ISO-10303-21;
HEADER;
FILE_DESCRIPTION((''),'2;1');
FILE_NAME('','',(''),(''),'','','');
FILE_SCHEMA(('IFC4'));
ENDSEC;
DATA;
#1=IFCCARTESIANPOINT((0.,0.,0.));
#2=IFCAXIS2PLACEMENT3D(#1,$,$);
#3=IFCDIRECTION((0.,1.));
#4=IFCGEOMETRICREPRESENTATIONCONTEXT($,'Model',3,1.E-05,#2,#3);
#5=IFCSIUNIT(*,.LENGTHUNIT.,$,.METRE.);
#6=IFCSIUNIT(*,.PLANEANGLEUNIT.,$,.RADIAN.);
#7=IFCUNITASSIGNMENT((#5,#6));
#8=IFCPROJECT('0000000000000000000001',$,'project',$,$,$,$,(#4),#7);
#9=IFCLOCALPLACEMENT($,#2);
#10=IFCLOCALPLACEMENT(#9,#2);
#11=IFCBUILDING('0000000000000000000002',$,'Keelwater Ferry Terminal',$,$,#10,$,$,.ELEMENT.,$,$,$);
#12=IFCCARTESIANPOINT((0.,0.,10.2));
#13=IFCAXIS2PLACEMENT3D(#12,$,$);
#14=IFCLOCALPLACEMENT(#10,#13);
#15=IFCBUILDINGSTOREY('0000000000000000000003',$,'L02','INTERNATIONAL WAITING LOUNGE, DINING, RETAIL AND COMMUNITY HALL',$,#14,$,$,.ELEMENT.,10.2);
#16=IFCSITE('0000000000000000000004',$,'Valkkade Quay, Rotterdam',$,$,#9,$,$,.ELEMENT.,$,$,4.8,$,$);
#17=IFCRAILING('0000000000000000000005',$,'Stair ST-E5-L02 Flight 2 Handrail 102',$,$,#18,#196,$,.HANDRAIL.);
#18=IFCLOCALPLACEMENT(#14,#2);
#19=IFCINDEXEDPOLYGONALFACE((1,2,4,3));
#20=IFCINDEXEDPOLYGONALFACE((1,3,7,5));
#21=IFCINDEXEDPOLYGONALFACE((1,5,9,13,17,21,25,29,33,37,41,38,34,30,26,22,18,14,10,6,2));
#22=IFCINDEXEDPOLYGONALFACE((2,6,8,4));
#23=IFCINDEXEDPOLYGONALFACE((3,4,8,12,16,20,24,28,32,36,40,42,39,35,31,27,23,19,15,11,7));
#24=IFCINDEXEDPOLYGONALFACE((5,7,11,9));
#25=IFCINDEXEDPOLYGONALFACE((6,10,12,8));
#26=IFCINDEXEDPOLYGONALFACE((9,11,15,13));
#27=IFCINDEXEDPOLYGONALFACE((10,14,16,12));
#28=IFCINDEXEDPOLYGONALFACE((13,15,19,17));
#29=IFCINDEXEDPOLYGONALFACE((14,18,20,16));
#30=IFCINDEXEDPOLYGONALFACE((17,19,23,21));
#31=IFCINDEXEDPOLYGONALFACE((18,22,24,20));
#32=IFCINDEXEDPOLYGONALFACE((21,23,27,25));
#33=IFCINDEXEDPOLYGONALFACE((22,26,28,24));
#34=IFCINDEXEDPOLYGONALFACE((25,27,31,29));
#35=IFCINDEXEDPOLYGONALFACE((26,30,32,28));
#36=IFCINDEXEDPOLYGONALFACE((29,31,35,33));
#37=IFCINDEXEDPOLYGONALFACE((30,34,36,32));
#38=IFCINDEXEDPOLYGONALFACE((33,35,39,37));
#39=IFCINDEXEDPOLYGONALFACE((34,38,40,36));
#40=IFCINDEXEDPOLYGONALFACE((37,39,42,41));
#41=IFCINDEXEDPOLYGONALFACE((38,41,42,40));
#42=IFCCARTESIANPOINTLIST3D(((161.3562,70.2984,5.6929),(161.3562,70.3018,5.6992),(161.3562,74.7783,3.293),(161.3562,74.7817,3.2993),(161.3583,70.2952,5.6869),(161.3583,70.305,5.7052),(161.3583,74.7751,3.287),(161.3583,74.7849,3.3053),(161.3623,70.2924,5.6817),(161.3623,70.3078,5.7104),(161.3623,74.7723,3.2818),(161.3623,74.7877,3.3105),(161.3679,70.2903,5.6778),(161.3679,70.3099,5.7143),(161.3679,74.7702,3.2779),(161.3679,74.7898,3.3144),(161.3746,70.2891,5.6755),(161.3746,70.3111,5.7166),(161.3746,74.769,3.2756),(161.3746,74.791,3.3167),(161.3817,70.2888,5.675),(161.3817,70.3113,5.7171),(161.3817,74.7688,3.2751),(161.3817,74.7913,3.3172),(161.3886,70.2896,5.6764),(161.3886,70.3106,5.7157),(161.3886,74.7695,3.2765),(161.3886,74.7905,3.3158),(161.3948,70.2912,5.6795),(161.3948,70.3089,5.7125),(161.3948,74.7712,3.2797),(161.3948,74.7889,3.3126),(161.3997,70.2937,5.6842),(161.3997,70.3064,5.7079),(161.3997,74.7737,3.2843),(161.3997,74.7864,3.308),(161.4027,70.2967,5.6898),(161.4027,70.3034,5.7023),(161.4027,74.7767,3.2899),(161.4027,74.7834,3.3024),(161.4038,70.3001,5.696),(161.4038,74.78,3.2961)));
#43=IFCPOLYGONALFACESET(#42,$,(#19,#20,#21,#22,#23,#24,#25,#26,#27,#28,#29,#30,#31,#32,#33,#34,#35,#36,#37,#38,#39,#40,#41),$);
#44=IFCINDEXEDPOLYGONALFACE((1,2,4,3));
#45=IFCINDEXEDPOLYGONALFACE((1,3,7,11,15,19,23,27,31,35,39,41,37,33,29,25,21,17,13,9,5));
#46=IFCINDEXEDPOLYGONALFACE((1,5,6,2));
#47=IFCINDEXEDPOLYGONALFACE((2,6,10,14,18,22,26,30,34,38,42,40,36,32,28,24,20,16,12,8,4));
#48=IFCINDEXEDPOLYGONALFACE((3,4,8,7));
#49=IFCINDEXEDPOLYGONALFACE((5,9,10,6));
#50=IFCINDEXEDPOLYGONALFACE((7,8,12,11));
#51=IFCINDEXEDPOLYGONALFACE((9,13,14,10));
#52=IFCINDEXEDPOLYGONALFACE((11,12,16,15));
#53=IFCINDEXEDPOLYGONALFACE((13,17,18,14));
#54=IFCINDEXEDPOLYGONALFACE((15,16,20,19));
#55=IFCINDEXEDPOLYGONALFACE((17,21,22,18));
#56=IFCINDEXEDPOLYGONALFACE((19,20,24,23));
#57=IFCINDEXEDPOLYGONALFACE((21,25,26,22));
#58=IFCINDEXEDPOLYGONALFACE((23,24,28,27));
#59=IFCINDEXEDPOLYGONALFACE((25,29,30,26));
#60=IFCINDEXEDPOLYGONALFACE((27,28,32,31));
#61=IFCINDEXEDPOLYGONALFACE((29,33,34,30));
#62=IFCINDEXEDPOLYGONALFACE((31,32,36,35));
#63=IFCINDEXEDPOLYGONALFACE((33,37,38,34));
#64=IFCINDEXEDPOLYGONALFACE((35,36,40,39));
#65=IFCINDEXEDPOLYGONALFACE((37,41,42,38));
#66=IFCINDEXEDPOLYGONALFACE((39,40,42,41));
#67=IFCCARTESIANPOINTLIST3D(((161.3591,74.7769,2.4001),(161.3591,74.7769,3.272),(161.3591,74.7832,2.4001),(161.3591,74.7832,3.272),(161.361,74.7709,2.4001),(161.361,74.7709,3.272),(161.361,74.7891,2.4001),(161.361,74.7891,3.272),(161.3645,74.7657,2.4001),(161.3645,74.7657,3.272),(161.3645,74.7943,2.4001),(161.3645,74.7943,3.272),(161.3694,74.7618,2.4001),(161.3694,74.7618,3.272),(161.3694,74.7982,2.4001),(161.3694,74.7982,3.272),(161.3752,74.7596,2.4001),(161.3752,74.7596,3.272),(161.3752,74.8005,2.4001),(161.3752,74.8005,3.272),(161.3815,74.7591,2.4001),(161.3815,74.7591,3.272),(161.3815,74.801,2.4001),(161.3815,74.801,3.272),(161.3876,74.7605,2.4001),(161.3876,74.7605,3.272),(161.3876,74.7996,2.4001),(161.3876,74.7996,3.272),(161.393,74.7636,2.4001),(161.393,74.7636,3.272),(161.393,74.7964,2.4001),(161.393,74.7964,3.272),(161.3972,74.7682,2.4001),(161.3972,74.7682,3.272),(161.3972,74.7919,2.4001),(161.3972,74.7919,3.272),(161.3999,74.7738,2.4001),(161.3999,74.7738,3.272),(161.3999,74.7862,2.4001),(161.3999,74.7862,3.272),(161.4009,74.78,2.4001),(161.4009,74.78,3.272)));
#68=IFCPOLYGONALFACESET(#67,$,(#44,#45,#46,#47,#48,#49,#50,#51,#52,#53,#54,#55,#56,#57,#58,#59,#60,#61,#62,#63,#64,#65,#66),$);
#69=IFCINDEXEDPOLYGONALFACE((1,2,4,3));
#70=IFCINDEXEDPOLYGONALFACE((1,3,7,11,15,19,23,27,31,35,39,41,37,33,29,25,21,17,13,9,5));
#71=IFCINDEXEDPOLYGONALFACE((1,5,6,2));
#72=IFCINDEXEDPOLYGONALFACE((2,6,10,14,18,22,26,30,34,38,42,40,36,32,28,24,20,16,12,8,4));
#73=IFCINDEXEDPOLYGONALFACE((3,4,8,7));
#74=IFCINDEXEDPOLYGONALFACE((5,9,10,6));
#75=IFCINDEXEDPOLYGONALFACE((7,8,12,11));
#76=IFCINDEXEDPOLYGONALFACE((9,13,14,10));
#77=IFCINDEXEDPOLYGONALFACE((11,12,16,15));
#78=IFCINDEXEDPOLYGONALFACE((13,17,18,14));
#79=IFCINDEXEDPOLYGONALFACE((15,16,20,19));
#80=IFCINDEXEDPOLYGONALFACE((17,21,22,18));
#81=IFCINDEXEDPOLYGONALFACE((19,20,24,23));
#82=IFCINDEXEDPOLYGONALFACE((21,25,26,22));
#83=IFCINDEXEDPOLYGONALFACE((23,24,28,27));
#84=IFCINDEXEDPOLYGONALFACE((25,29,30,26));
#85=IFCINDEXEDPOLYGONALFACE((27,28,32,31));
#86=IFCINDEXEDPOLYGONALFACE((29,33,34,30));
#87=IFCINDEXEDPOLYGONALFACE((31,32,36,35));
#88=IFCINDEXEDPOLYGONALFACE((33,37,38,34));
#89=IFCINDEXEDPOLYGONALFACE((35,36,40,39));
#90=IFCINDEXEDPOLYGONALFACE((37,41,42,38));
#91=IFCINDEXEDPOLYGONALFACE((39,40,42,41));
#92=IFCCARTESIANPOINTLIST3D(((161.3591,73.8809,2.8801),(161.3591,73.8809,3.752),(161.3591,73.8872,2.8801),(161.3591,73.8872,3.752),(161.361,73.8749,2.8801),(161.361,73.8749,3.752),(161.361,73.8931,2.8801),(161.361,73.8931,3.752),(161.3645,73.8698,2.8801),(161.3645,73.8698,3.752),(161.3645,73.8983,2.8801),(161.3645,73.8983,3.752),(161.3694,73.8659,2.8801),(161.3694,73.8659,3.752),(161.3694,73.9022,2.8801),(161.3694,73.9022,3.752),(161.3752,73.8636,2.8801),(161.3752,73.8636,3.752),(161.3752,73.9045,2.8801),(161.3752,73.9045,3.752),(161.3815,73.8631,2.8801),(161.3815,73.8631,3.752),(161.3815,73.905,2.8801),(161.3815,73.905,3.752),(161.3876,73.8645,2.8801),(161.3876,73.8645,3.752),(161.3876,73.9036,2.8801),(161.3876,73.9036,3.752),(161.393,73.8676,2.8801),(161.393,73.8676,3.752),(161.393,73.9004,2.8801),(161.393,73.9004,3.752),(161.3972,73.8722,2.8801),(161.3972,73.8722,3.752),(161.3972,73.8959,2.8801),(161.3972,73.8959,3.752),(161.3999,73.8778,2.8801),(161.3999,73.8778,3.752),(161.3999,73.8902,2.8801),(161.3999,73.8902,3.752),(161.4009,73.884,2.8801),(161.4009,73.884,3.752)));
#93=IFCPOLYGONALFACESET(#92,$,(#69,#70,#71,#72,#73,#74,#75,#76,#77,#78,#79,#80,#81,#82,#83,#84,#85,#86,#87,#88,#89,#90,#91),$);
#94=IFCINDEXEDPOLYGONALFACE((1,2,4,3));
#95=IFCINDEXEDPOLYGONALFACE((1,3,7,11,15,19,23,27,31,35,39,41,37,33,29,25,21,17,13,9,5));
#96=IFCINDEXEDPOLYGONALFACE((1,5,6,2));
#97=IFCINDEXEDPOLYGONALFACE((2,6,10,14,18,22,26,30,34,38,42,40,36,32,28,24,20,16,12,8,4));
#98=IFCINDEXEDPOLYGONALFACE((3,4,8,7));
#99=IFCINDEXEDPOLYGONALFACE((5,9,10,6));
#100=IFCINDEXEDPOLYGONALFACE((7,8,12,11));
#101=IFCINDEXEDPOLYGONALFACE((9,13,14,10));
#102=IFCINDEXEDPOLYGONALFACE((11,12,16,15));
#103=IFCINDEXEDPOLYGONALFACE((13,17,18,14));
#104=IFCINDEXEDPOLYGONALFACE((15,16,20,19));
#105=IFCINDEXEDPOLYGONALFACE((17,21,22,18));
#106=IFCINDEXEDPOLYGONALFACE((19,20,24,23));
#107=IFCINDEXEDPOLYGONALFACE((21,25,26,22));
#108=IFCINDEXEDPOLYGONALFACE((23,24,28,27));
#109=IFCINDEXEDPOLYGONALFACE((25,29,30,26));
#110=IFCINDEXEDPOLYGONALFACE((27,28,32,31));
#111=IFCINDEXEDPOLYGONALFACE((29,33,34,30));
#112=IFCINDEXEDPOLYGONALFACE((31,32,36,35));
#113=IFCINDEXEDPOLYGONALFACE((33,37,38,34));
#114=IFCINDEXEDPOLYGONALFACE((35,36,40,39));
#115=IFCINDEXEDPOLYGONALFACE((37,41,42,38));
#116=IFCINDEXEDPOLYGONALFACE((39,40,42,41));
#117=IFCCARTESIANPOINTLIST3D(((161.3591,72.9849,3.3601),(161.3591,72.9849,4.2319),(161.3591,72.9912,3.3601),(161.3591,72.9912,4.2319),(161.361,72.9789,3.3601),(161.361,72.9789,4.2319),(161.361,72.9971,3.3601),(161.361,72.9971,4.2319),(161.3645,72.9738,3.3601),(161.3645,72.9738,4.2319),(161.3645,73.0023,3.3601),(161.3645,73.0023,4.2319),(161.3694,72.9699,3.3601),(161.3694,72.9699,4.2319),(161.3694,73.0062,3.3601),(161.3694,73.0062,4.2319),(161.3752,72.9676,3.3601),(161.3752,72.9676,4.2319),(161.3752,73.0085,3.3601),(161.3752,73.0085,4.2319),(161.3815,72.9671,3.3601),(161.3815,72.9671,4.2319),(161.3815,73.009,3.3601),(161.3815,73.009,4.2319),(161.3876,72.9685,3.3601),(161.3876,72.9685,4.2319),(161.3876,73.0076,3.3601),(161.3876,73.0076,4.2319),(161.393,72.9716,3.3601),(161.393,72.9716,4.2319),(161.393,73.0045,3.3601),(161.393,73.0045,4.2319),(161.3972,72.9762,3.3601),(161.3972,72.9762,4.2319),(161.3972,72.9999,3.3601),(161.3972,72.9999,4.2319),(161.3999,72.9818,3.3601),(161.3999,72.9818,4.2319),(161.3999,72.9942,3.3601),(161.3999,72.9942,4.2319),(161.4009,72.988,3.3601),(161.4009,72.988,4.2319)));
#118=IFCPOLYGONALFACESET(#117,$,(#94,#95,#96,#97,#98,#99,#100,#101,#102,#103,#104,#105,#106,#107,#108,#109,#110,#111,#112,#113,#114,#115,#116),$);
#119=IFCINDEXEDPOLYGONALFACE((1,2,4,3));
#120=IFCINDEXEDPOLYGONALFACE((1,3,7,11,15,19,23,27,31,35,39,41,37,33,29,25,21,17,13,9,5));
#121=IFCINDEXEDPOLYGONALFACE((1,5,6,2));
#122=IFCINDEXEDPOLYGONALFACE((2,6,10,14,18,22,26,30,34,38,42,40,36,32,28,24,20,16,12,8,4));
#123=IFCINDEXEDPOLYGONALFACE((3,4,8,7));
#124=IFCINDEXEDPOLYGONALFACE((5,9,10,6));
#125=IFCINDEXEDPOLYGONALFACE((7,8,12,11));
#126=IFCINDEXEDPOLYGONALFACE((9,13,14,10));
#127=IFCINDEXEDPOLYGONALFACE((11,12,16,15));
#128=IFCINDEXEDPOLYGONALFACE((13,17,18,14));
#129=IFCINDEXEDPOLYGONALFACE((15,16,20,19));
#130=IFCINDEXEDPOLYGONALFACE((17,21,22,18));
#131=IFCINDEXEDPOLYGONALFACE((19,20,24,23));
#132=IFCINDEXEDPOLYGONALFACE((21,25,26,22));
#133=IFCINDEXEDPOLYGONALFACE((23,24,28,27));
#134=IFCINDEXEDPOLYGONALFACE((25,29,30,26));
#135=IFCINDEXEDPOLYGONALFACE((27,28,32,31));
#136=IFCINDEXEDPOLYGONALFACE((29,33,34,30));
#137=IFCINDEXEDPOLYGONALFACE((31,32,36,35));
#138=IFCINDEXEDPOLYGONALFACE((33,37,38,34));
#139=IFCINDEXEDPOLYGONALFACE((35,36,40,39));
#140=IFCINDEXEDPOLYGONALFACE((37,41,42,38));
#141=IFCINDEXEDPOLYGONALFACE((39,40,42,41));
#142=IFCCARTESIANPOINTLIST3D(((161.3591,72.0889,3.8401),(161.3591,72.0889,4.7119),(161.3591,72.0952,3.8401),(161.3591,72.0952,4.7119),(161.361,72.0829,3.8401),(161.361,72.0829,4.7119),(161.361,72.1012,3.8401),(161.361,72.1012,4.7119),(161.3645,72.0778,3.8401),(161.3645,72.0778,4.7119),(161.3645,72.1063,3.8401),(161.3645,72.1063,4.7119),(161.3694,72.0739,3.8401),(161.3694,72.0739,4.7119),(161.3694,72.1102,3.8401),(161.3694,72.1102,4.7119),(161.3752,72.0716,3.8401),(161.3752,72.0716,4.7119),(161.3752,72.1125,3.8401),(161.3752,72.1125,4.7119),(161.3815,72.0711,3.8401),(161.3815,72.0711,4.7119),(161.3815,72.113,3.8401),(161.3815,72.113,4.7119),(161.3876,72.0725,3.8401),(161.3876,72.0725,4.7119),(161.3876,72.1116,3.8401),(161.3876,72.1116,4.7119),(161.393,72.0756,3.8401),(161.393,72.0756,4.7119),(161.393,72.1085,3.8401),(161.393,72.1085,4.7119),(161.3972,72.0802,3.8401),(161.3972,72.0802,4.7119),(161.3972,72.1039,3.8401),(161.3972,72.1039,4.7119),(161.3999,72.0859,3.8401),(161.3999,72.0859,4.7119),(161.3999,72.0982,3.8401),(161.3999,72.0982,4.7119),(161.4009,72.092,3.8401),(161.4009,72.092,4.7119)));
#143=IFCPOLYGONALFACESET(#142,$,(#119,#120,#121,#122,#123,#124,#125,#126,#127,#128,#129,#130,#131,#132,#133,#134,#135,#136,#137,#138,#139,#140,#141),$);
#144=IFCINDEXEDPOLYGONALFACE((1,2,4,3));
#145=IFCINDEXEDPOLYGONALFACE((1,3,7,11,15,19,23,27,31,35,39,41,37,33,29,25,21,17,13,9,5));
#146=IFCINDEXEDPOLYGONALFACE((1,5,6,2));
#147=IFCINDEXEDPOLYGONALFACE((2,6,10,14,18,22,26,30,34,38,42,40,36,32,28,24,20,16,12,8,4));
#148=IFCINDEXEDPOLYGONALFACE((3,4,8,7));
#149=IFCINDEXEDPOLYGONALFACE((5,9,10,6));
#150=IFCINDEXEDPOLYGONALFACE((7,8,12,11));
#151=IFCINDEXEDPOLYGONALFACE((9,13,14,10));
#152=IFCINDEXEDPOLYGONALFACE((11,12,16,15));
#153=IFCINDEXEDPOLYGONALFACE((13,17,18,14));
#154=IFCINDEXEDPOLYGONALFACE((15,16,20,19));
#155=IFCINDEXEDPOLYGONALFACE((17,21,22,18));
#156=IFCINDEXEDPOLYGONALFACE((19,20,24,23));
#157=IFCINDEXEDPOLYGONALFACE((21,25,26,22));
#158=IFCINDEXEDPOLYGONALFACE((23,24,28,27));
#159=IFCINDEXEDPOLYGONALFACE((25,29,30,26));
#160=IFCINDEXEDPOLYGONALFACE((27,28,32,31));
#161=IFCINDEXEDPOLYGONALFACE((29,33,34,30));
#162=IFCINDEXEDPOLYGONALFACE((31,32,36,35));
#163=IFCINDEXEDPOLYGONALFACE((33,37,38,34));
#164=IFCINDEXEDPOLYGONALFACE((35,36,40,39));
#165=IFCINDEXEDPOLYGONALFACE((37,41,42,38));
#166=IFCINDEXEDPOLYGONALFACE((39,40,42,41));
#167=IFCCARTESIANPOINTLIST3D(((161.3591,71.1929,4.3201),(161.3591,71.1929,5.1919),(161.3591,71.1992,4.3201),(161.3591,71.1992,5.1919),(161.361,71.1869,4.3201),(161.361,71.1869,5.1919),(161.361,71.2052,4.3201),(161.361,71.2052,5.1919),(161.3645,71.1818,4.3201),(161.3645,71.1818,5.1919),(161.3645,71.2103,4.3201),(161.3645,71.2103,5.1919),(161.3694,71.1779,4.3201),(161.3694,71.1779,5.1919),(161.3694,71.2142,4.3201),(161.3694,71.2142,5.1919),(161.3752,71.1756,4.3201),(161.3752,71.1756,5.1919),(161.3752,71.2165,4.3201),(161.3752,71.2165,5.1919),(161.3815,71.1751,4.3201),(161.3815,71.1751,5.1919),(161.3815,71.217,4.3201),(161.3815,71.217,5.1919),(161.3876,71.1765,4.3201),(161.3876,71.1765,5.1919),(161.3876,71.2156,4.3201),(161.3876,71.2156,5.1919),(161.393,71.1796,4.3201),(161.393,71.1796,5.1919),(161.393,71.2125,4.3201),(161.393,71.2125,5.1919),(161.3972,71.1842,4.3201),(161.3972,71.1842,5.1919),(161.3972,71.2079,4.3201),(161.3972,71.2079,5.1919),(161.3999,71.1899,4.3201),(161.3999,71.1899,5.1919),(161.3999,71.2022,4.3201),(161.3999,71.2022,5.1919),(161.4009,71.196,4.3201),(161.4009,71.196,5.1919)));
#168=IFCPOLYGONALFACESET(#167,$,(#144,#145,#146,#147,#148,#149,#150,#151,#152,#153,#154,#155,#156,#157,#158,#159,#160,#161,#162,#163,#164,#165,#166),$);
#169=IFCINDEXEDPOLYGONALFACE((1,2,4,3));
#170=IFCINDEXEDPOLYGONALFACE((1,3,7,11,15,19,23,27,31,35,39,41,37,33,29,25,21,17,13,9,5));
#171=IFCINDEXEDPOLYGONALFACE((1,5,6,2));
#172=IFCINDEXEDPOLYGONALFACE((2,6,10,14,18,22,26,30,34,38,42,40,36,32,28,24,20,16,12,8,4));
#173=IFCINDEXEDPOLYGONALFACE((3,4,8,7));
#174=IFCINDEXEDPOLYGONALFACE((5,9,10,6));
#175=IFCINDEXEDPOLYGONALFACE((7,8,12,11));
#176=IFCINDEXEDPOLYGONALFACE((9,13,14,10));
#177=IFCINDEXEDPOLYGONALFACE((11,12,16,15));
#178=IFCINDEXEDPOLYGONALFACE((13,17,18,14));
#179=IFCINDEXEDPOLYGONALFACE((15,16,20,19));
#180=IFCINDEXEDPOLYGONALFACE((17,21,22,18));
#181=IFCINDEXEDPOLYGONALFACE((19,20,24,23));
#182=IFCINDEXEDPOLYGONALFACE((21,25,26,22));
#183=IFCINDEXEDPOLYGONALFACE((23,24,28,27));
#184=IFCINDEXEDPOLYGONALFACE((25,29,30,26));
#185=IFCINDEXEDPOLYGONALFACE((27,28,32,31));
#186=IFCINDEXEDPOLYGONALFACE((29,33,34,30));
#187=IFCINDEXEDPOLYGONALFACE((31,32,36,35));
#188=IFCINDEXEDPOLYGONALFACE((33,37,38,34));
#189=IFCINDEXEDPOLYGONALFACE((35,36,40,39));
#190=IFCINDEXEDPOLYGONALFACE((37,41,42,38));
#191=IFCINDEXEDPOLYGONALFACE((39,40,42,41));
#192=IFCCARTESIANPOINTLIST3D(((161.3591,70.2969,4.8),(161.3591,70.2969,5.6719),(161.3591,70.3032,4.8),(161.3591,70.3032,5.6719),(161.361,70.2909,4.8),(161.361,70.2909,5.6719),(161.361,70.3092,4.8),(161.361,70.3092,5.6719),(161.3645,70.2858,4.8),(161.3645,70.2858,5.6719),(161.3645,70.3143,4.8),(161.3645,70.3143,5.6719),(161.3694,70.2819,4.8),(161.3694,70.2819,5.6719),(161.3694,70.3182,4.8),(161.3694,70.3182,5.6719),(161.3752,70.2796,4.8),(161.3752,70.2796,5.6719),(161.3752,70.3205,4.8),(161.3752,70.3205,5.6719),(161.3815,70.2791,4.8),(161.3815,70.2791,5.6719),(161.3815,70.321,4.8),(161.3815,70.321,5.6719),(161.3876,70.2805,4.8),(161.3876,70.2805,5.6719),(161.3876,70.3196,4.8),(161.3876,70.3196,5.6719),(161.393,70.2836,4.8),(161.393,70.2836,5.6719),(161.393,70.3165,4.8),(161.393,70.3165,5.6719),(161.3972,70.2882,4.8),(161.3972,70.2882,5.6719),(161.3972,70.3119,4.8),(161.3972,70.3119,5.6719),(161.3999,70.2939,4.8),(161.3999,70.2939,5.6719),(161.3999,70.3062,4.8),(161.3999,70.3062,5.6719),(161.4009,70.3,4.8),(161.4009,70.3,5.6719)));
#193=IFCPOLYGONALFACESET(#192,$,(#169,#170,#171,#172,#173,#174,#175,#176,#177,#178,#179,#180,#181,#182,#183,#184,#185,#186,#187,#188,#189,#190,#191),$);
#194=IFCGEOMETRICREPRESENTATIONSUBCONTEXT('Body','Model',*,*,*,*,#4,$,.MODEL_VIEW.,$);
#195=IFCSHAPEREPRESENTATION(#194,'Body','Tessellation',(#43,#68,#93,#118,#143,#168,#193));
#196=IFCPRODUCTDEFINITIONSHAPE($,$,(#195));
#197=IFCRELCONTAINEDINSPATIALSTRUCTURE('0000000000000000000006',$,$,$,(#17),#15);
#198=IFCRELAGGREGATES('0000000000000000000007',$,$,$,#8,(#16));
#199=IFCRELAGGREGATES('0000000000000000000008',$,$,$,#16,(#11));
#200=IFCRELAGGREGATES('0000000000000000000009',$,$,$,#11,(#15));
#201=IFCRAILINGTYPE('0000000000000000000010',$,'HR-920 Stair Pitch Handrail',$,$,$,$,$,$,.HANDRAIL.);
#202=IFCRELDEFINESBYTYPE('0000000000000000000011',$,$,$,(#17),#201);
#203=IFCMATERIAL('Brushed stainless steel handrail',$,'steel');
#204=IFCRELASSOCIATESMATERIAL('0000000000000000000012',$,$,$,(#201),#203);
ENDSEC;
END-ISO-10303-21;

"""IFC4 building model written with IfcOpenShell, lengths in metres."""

from ifc_helpers import new_model, si_unit, direction, frame, origin, origin_2d, place, context, subcontext, project, spatial, circle, extrude, material, type_object, element, save


model = new_model("IFC4")

# Units and contexts
model_context = context("Model", 3, precision=1e-05, world=origin(), true_north=direction((0.0, 1.0)))
body_context = subcontext(model_context, "Body", "Model", "MODEL_VIEW")
ifc_project = project(units=[si_unit("LENGTHUNIT", "METRE"), si_unit("PLANEANGLEUNIT", "RADIAN")], contexts=[model_context])

# Site, building, storey
site_placement = place(None, origin())
site = spatial("IfcSite", under=ifc_project, at=site_placement, Name="Valkkade Quay, Rotterdam", CompositionType="ELEMENT", RefElevation=4.8)
building_placement = place(site_placement, origin())
building = spatial("IfcBuilding", under=site, at=building_placement, Name="Keelwater Ferry Terminal", CompositionType="ELEMENT")
storey_placement = place(building_placement, frame((0.0, 0.0, 10.2)))
storey = spatial("IfcBuildingStorey", under=building, at=storey_placement, Name="L02", Description="INTERNATIONAL WAITING LOUNGE, DINING, RETAIL AND COMMUNITY HALL", CompositionType="ELEMENT", Elevation=10.2)

# Railing
ifc_material_1 = material(Name="Brushed stainless steel handrail", Category="steel")
railing_type_1 = type_object("IfcRailingType", Name="HR-920 Stair Pitch Handrail", PredefinedType="HANDRAIL", material=ifc_material_1)
railing_1_placement = place(storey_placement, frame((161.3799, 74.78, 2.4001)))
element("IfcRailing", 1, at=railing_1_placement, inside=storey, type_object=railing_type_1, Name="Stair ST-E5-L02 Flight 2 Handrail 102", PredefinedType="HANDRAIL", context=body_context, shape_type="SweptSolid", body=[
    extrude(circle(Radius=0.0239, at=origin_2d()), frame((0.0, 0.0, 0.896), z_axis=(0.0, -0.881487, 0.472208), x_axis=(1.0, 0.0, 0.0)), (0.0, 0.0, 1.0), 5.0823),
    extrude(circle(Radius=0.021, at=origin_2d()), origin(), (0.0, 0.0, 1.0), 0.8718),
    extrude(circle(Radius=0.021, at=origin_2d()), frame((0.0, -0.896, 0.48)), (0.0, 0.0, 1.0), 0.8718),
    extrude(circle(Radius=0.021, at=origin_2d()), frame((0.0, -1.792, 0.96)), (0.0, 0.0, 1.0), 0.8718),
    extrude(circle(Radius=0.021, at=origin_2d()), frame((0.0, -2.688, 1.4399)), (0.0, 0.0, 1.0), 0.8718),
    extrude(circle(Radius=0.021, at=origin_2d()), frame((0.0, -3.584, 1.9199)), (0.0, 0.0, 1.0), 0.8718),
    extrude(circle(Radius=0.021, at=origin_2d()), frame((0.0, -4.48, 2.3999)), (0.0, 0.0, 1.0), 0.8718),
])

save(model, "model.ifc")
